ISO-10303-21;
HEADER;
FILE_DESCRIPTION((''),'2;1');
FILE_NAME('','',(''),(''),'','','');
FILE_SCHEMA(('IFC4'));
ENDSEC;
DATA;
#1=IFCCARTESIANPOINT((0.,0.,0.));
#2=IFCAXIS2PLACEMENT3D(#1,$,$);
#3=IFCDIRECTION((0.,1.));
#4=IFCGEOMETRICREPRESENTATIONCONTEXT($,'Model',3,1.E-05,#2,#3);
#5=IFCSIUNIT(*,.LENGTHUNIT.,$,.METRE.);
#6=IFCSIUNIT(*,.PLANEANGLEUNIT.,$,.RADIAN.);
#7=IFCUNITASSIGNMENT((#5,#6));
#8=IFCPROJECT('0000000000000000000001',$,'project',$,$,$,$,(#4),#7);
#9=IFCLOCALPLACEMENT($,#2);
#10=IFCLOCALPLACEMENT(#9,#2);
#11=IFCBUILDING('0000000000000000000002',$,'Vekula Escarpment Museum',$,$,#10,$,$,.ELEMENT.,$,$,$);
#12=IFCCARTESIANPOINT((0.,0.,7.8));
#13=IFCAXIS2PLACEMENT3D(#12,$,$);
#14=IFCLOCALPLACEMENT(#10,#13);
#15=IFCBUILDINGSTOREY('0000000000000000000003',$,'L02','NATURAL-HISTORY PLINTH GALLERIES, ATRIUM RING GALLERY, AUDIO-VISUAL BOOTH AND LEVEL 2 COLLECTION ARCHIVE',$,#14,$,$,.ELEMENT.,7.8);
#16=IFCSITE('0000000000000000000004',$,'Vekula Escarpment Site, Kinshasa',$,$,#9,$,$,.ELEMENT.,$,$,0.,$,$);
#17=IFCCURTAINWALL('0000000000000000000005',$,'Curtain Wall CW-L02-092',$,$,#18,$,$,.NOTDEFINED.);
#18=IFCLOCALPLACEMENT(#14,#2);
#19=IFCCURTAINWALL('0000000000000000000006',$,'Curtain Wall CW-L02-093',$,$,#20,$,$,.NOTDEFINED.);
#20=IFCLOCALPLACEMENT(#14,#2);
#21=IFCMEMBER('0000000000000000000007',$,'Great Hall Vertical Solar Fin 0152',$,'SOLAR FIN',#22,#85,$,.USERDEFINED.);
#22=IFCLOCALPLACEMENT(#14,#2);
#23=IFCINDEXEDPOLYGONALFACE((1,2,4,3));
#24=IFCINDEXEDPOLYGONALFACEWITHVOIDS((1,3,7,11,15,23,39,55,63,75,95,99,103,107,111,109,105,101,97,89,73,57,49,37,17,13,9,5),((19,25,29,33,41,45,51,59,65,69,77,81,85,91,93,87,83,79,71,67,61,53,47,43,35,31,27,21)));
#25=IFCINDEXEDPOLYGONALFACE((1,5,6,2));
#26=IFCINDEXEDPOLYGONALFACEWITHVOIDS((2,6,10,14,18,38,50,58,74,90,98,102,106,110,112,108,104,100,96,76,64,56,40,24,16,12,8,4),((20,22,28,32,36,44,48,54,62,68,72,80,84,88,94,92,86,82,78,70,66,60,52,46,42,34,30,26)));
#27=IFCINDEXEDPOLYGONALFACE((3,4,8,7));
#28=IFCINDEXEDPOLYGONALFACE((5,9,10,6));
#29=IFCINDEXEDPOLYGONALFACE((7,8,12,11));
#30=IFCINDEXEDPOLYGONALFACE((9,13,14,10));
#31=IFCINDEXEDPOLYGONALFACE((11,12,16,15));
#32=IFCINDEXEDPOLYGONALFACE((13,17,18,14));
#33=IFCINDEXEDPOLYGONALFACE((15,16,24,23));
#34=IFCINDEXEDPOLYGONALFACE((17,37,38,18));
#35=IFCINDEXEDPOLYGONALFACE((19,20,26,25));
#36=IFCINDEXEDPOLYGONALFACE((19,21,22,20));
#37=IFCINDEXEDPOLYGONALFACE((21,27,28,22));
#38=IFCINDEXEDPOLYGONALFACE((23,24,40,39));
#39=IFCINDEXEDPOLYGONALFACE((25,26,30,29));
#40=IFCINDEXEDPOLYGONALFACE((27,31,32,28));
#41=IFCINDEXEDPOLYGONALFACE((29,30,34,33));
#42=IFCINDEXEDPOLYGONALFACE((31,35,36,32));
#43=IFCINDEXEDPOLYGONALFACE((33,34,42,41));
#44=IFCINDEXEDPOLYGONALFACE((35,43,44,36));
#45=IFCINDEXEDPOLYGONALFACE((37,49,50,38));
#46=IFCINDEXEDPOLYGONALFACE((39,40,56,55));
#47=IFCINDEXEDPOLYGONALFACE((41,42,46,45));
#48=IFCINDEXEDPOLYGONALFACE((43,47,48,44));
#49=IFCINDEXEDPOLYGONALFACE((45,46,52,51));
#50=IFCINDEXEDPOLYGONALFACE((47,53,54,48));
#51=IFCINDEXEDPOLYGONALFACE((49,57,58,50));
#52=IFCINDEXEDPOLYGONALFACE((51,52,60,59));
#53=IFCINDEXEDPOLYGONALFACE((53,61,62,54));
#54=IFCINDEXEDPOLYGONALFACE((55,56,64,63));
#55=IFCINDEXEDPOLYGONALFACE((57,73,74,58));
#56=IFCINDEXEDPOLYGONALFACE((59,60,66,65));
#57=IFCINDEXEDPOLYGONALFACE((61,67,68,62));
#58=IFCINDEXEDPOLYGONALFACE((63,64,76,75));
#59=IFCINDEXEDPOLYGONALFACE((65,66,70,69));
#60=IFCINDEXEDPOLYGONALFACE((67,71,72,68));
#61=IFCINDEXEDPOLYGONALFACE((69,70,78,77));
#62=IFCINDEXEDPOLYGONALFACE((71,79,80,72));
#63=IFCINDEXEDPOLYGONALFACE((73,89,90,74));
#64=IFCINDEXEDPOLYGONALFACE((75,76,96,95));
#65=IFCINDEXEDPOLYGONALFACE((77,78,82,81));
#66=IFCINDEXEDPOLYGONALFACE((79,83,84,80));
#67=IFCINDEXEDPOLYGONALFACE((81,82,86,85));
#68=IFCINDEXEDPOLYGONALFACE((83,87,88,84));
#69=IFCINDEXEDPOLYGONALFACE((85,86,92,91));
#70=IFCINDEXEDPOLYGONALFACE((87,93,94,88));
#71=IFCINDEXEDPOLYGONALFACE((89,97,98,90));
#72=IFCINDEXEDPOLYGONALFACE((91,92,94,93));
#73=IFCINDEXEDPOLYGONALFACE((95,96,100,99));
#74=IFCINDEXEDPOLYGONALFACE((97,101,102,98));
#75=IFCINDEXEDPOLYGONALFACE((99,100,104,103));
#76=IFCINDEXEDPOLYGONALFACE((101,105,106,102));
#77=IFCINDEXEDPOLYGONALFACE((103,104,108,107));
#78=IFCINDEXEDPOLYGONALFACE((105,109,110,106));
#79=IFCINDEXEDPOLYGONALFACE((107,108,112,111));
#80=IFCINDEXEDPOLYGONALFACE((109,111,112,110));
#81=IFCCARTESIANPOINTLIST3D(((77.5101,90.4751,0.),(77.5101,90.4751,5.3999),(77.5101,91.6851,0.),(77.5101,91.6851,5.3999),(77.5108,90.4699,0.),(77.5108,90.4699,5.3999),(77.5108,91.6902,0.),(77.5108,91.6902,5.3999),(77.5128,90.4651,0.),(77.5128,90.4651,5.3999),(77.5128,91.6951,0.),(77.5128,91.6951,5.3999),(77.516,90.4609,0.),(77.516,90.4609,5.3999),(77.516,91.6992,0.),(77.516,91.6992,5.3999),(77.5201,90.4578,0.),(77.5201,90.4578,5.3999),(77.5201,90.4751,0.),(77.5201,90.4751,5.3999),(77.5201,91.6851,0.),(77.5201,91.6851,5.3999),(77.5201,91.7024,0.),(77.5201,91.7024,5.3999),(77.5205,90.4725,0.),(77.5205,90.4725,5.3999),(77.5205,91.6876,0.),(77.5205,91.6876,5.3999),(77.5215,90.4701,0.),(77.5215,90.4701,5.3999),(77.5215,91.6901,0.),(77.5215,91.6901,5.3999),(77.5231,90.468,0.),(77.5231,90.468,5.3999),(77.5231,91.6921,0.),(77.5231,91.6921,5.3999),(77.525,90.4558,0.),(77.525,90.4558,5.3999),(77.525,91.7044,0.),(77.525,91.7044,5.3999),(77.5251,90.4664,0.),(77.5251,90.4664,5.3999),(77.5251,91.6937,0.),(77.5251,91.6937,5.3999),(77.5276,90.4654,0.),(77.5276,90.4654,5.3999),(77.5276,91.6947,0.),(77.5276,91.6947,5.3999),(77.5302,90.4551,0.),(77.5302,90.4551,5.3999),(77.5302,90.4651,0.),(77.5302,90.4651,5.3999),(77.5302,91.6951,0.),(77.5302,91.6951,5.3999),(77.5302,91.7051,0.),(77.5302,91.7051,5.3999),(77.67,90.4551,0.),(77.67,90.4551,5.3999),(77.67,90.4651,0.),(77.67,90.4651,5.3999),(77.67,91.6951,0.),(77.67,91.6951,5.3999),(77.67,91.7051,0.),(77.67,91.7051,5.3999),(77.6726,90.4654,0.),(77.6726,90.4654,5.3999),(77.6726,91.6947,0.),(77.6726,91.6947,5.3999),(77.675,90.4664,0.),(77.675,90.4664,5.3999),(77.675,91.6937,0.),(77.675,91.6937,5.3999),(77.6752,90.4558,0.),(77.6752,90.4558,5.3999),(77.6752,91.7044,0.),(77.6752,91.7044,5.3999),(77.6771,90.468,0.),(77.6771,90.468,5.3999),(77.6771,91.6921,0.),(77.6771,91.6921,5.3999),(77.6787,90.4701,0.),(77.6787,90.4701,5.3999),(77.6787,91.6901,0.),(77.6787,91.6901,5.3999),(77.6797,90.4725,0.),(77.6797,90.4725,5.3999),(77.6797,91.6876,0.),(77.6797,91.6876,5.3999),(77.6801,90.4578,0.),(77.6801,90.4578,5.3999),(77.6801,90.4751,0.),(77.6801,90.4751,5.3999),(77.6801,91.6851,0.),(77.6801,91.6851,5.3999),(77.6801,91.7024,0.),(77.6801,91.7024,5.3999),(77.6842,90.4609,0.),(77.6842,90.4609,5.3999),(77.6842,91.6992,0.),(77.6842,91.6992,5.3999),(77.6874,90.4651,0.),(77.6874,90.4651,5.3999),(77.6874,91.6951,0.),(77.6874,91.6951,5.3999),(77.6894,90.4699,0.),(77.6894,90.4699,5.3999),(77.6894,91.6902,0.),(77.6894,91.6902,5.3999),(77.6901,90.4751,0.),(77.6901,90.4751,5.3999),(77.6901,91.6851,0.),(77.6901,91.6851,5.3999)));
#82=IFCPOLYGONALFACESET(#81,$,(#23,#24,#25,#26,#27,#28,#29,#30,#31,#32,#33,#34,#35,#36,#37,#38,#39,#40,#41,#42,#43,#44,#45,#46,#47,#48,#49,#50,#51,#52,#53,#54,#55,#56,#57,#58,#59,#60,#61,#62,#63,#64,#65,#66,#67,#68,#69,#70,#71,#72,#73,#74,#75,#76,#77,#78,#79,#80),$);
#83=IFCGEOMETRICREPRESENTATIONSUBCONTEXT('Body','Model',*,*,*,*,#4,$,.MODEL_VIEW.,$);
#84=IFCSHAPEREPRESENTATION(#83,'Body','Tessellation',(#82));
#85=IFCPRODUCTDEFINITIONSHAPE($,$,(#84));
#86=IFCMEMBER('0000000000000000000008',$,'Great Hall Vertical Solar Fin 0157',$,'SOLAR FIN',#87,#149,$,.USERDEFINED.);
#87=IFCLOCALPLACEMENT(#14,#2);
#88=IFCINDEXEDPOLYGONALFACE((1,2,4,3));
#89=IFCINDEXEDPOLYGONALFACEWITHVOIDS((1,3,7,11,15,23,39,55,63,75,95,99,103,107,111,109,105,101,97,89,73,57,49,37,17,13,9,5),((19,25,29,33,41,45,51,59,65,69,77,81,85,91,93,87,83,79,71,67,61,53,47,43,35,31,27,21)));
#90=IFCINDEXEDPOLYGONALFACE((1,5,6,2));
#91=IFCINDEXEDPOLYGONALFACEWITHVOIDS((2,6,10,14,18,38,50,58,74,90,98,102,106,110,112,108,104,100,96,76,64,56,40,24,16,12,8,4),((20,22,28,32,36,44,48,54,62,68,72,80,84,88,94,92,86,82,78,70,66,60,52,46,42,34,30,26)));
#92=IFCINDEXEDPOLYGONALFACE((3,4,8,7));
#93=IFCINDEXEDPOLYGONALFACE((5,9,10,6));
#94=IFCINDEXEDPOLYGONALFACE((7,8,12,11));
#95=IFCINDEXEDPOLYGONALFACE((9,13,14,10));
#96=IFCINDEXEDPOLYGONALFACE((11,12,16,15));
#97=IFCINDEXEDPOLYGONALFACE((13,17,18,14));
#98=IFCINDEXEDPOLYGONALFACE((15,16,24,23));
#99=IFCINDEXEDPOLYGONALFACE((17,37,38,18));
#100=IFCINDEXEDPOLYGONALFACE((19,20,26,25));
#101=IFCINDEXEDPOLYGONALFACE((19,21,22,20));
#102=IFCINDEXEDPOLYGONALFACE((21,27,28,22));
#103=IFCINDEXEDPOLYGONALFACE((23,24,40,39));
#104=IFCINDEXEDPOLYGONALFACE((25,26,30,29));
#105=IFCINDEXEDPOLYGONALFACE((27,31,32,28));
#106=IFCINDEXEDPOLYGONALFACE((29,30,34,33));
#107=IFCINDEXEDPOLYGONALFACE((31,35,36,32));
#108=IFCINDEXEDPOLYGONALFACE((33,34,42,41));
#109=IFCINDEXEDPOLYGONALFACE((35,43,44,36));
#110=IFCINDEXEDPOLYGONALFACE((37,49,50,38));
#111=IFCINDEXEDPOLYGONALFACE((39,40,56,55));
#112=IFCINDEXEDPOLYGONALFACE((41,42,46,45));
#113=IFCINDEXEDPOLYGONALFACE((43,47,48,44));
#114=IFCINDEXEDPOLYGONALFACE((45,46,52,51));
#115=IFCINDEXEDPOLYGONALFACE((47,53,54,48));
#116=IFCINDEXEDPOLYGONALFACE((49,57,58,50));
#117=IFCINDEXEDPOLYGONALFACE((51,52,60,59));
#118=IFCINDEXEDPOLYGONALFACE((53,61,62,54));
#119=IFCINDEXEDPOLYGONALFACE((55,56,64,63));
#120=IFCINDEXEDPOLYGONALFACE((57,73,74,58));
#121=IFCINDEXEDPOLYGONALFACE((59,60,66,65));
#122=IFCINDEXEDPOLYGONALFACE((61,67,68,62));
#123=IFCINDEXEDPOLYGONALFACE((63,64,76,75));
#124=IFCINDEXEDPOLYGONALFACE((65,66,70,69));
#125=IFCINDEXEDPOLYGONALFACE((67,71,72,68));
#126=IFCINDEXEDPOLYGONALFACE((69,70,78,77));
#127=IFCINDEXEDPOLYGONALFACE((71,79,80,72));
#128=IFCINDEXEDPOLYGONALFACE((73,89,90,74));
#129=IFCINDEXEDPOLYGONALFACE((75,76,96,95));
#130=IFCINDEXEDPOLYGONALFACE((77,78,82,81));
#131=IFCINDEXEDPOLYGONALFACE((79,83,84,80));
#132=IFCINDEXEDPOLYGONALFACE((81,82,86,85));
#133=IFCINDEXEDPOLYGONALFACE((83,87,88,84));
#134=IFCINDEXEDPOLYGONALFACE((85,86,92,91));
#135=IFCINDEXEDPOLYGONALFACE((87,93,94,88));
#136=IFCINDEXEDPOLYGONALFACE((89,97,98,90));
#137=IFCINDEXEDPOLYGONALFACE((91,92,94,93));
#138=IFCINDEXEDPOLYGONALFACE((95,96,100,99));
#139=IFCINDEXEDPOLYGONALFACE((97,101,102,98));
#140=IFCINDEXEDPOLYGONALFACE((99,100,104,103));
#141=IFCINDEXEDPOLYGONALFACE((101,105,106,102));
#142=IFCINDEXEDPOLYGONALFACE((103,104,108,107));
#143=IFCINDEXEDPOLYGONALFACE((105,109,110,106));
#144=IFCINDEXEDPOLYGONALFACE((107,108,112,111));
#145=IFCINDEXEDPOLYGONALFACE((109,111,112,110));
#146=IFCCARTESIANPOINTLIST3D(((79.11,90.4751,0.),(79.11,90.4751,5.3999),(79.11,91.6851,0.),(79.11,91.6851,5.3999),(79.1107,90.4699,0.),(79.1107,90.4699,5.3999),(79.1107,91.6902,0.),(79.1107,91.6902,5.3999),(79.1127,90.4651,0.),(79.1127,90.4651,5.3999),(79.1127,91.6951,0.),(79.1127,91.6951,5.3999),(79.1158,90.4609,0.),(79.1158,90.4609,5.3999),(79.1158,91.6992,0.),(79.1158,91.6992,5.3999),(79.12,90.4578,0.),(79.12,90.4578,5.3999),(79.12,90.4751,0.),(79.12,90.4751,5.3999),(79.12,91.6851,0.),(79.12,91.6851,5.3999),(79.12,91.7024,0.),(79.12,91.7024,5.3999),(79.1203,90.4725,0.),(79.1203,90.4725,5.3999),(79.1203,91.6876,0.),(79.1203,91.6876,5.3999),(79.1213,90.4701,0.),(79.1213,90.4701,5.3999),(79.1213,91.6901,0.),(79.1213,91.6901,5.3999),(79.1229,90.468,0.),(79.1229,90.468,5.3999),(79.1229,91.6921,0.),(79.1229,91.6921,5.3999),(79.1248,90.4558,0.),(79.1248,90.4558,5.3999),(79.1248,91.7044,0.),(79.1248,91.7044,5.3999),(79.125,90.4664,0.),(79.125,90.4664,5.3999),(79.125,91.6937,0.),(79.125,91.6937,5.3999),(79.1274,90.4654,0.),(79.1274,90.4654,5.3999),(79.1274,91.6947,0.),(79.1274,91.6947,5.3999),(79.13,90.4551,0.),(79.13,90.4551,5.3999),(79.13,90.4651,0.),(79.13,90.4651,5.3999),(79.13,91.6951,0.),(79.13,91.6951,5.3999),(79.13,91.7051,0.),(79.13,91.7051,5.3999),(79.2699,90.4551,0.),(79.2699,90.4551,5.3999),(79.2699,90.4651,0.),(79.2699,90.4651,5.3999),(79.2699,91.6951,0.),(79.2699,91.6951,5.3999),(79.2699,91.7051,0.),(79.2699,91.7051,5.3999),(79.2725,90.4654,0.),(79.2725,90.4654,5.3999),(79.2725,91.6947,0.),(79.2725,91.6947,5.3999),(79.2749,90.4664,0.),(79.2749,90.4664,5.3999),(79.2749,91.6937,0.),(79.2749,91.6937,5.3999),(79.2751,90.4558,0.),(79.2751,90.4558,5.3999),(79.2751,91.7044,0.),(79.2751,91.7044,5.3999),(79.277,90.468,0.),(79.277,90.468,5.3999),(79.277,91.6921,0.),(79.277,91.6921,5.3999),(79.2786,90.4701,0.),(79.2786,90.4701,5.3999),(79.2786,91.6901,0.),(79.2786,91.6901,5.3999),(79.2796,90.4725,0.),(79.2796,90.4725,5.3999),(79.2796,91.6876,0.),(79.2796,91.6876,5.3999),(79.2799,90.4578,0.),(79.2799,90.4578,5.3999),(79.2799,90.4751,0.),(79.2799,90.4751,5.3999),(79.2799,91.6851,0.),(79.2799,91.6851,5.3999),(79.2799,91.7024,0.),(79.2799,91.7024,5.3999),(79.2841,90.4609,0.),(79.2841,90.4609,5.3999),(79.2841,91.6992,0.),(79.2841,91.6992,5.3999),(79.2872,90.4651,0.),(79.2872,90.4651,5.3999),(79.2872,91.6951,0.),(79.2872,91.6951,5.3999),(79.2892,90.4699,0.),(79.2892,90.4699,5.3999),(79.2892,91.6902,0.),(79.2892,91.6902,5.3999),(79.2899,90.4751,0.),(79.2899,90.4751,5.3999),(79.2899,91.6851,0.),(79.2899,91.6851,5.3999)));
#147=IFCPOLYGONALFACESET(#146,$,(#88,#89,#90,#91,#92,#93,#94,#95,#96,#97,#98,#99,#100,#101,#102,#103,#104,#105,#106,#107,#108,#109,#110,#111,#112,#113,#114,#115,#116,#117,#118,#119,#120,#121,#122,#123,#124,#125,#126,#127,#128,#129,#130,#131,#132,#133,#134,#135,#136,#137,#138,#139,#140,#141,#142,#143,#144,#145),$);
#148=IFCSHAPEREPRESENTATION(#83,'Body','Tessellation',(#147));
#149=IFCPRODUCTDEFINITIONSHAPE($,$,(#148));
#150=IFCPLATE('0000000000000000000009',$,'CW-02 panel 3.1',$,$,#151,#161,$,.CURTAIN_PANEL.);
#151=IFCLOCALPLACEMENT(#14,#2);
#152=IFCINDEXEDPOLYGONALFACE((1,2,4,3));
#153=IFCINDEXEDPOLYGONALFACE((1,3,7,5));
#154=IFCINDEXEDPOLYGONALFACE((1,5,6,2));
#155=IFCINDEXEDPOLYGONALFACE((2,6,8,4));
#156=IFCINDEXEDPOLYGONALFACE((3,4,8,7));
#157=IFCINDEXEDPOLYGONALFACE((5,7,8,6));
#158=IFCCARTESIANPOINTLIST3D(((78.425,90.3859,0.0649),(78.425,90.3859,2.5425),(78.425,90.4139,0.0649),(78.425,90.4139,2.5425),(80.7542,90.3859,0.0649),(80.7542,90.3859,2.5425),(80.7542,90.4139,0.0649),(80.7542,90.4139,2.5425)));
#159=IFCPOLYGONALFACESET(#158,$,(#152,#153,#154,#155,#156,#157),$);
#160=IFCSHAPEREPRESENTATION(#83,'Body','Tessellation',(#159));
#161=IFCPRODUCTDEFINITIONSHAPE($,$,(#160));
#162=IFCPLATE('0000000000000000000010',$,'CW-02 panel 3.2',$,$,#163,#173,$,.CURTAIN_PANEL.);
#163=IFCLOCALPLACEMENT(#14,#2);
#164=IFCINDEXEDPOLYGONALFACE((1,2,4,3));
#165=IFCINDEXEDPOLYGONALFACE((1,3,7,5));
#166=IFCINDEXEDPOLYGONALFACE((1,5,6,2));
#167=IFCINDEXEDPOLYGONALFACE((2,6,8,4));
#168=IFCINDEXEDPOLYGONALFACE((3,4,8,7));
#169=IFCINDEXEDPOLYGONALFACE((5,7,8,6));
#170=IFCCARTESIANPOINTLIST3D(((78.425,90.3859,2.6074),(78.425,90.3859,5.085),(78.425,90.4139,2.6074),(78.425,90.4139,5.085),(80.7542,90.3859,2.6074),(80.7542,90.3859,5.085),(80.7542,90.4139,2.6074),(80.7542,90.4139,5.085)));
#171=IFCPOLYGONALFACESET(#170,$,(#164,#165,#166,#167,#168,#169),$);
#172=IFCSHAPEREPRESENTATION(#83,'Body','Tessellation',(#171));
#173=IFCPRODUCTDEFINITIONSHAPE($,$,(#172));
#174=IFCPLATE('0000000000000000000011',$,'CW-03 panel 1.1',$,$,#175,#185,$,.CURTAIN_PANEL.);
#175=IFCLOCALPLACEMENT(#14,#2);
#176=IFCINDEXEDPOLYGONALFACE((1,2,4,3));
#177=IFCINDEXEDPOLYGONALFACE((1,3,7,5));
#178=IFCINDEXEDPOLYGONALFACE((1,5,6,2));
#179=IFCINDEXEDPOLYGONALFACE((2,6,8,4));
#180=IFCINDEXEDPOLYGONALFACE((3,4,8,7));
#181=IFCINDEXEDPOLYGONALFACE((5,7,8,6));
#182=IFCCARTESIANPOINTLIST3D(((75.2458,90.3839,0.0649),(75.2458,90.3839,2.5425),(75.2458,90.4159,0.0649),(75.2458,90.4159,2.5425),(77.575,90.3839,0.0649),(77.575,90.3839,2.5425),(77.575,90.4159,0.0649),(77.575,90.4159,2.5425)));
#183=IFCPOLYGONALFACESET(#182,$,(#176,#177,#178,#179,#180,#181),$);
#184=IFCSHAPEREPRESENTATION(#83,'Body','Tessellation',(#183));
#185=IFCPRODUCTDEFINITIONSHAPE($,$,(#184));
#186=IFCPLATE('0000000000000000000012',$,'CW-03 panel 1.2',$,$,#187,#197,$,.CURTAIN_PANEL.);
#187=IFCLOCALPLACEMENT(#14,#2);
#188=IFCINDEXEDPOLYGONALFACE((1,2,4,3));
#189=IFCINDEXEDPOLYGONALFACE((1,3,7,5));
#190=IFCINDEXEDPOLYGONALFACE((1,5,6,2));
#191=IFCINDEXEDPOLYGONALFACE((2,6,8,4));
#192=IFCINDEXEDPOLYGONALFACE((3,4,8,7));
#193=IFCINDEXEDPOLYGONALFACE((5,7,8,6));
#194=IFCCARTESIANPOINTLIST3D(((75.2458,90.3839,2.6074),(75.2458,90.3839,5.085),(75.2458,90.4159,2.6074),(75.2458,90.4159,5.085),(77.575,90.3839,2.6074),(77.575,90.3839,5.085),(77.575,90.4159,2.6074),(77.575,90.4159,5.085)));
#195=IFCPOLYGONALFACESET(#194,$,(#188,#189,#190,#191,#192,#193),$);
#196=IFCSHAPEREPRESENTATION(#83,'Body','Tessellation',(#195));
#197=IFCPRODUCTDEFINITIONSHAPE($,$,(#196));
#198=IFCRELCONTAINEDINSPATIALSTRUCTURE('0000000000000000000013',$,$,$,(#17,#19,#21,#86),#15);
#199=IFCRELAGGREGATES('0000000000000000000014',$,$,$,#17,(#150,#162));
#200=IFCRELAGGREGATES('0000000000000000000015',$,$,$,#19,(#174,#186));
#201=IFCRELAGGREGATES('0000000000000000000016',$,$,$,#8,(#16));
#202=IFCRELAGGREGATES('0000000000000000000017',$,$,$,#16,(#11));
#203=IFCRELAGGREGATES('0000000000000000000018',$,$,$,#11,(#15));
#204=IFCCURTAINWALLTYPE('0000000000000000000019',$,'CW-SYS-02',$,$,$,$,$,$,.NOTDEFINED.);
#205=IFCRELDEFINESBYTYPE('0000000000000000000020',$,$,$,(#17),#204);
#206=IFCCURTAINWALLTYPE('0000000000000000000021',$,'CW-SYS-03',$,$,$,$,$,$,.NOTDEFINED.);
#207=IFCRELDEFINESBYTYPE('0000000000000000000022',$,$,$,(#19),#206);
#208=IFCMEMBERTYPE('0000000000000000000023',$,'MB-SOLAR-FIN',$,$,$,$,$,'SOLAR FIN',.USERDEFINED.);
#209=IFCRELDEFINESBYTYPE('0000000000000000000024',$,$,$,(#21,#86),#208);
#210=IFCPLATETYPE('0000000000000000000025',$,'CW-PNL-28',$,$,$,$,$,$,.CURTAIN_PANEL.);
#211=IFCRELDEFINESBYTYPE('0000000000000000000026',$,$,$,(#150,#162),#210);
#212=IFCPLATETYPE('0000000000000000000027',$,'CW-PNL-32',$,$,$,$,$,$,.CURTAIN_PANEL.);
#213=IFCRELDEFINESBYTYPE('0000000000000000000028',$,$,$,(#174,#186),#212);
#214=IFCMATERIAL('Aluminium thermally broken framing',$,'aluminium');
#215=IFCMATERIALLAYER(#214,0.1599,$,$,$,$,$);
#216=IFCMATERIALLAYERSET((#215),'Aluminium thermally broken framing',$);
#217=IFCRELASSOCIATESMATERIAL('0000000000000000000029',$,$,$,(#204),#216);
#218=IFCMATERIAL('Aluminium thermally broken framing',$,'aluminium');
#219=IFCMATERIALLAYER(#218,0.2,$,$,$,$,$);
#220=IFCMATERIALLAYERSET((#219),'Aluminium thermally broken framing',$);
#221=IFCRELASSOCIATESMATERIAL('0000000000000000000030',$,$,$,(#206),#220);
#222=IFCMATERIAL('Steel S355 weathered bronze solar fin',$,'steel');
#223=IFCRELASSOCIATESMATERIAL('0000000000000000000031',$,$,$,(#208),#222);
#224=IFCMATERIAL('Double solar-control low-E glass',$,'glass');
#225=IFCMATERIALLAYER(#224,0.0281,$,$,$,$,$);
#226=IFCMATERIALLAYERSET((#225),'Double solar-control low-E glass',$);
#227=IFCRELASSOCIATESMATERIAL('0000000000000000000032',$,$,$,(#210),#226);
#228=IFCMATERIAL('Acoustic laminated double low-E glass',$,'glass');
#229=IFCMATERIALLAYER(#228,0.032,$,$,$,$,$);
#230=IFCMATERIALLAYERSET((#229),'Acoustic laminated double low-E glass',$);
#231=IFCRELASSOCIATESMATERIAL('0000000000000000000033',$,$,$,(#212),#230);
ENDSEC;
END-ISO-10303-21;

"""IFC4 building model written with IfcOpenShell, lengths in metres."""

from ifc_helpers import new_model, si_unit, direction, frame, origin, origin_2d, place, context, subcontext, project, spatial, rectangle, hollow_rectangle, extrude, material, layer, layer_set, material_profile, profile_set, type_object, element, aggregate, save


model = new_model("IFC4")

# Units and contexts
model_context = context("Model", 3, precision=1e-05, world=origin(), true_north=direction((0.0, 1.0)))
body_context = subcontext(model_context, "Body", "Model", "MODEL_VIEW")
ifc_project = project(units=[si_unit("LENGTHUNIT", "METRE"), si_unit("PLANEANGLEUNIT", "RADIAN")], contexts=[model_context])

# Site, building, storey
site_placement = place(None, origin())
site = spatial("IfcSite", under=ifc_project, at=site_placement, Name="Vekula Escarpment Site, Kinshasa", CompositionType="ELEMENT", RefElevation=0.0)
building_placement = place(site_placement, origin())
building = spatial("IfcBuilding", under=site, at=building_placement, Name="Vekula Escarpment Museum", CompositionType="ELEMENT")
storey_placement = place(building_placement, frame((0.0, 0.0, 7.8)))
storey = spatial("IfcBuildingStorey", under=building, at=storey_placement, Name="L02", Description="NATURAL-HISTORY PLINTH GALLERIES, ATRIUM RING GALLERY, AUDIO-VISUAL BOOTH AND LEVEL 2 COLLECTION ARCHIVE", CompositionType="ELEMENT", Elevation=7.8)

# Curtain wall
ifc_material_1 = material(Name="Aluminium thermally broken framing", Category="aluminium")
ifc_layer_1 = layer(ifc_material_1, 0.1599)
ifc_layer_set_1 = layer_set([ifc_layer_1], Name="Aluminium thermally broken framing")
curtain_wall_type_1 = type_object("IfcCurtainWallType", Name="CW-SYS-02", PredefinedType="NOTDEFINED", material=ifc_layer_set_1)
curtain_wall_1_placement = place(storey_placement, origin())
curtain_wall_1 = element("IfcCurtainWall", 1, at=curtain_wall_1_placement, inside=storey, type_object=curtain_wall_type_1, Name="Curtain Wall CW-L02-092", PredefinedType="NOTDEFINED")

# Curtain wall
ifc_material_2 = material(Name="Aluminium thermally broken framing", Category="aluminium")
ifc_layer_2 = layer(ifc_material_2, 0.2)
ifc_layer_set_2 = layer_set([ifc_layer_2], Name="Aluminium thermally broken framing")
curtain_wall_type_2 = type_object("IfcCurtainWallType", Name="CW-SYS-03", PredefinedType="NOTDEFINED", material=ifc_layer_set_2)
curtain_wall_2_placement = place(storey_placement, origin())
curtain_wall_2 = element("IfcCurtainWall", 2, at=curtain_wall_2_placement, inside=storey, type_object=curtain_wall_type_2, Name="Curtain Wall CW-L02-093", PredefinedType="NOTDEFINED")

# Members
ifc_material_3 = material(Name="Steel S355 weathered bronze solar fin", Category="steel")
ifc_material_profile_1 = material_profile(ifc_material_3, hollow_rectangle(XDim=0.1799, YDim=1.25, WallThickness=0.01, InnerFilletRadius=0.01, OuterFilletRadius=0.02, at=origin_2d()), Name="RHS 1250x180x10")
ifc_profile_set_1 = profile_set([ifc_material_profile_1], Name="Steel S355 weathered bronze solar fin")
member_type_1 = type_object("IfcMemberType", Name="MB-SOLAR-FIN", ElementType="SOLAR FIN", PredefinedType="USERDEFINED", material=ifc_profile_set_1)
for number, where, z_axis, x_axis, name in (
    (3, (77.6001, 91.0801, 0.0), (0.0, 0.0, 1.0), (1.0, 0.0, 0.0), "Great Hall Vertical Solar Fin 0152"),
    (4, (79.2, 91.0801, 0.0), (0.0, 0.0, 1.0), (1.0, 0.0, 0.0), "Great Hall Vertical Solar Fin 0157"),
):
    element("IfcMember", number, at=place(storey_placement, frame(where, z_axis=z_axis, x_axis=x_axis)), inside=storey, type_object=member_type_1, Name=name, ObjectType="SOLAR FIN", PredefinedType="USERDEFINED", context=body_context, shape_type="SweptSolid", body=[
        extrude(hollow_rectangle(XDim=0.1799, YDim=1.25, WallThickness=0.01, InnerFilletRadius=0.01, OuterFilletRadius=0.02, at=origin_2d()), origin(), (0.0, 0.0, 1.0), 5.3999),
    ])

# Plates
ifc_material_4 = material(Name="Double solar-control low-E glass", Category="glass")
ifc_layer_3 = layer(ifc_material_4, 0.0281)
ifc_layer_set_3 = layer_set([ifc_layer_3], Name="Double solar-control low-E glass")
plate_type_1 = type_object("IfcPlateType", Name="CW-PNL-28", PredefinedType="CURTAIN_PANEL", material=ifc_layer_set_3)
plate_1_placement = place(storey_placement, frame((79.5896, 90.3999, 0.0649), z_axis=(0.0, 0.0, 1.0), x_axis=(-1.0, 0.0, 0.0)))
plate_1 = element("IfcPlate", 5, at=plate_1_placement, type_object=plate_type_1, Name="CW-02 panel 3.1", PredefinedType="CURTAIN_PANEL", context=body_context, shape_type="SweptSolid", body=[
    extrude(rectangle(XDim=2.3291, YDim=0.0281, at=origin_2d()), origin(), (0.0, 0.0, 1.0), 2.4775),
])
plate_2_placement = place(storey_placement, frame((79.5896, 90.3999, 2.6074), z_axis=(0.0, 0.0, 1.0), x_axis=(-1.0, 0.0, 0.0)))
plate_2 = element("IfcPlate", 6, at=plate_2_placement, type_object=plate_type_1, Name="CW-02 panel 3.2", PredefinedType="CURTAIN_PANEL", context=body_context, shape_type="SweptSolid", body=[
    extrude(rectangle(XDim=2.3291, YDim=0.0281, at=origin_2d()), origin(), (0.0, 0.0, 1.0), 2.4775),
])
aggregate(curtain_wall_1, [plate_1, plate_2])
ifc_material_5 = material(Name="Acoustic laminated double low-E glass", Category="glass")
ifc_layer_4 = layer(ifc_material_5, 0.032)
ifc_layer_set_4 = layer_set([ifc_layer_4], Name="Acoustic laminated double low-E glass")
plate_type_2 = type_object("IfcPlateType", Name="CW-PNL-32", PredefinedType="CURTAIN_PANEL", material=ifc_layer_set_4)
plate_3_placement = place(storey_placement, frame((76.4104, 90.3999, 0.0649), z_axis=(0.0, 0.0, 1.0), x_axis=(-1.0, 0.0, 0.0)))
plate_3 = element("IfcPlate", 7, at=plate_3_placement, type_object=plate_type_2, Name="CW-03 panel 1.1", PredefinedType="CURTAIN_PANEL", context=body_context, shape_type="SweptSolid", body=[
    extrude(rectangle(XDim=2.3291, YDim=0.032, at=origin_2d()), origin(), (0.0, 0.0, 1.0), 2.4775),
])
plate_4_placement = place(storey_placement, frame((76.4104, 90.3999, 2.6074), z_axis=(0.0, 0.0, 1.0), x_axis=(-1.0, 0.0, 0.0)))
plate_4 = element("IfcPlate", 8, at=plate_4_placement, type_object=plate_type_2, Name="CW-03 panel 1.2", PredefinedType="CURTAIN_PANEL", context=body_context, shape_type="SweptSolid", body=[
    extrude(rectangle(XDim=2.3291, YDim=0.032, at=origin_2d()), origin(), (0.0, 0.0, 1.0), 2.4775),
])
aggregate(curtain_wall_2, [plate_3, plate_4])

save(model, "model.ifc")
